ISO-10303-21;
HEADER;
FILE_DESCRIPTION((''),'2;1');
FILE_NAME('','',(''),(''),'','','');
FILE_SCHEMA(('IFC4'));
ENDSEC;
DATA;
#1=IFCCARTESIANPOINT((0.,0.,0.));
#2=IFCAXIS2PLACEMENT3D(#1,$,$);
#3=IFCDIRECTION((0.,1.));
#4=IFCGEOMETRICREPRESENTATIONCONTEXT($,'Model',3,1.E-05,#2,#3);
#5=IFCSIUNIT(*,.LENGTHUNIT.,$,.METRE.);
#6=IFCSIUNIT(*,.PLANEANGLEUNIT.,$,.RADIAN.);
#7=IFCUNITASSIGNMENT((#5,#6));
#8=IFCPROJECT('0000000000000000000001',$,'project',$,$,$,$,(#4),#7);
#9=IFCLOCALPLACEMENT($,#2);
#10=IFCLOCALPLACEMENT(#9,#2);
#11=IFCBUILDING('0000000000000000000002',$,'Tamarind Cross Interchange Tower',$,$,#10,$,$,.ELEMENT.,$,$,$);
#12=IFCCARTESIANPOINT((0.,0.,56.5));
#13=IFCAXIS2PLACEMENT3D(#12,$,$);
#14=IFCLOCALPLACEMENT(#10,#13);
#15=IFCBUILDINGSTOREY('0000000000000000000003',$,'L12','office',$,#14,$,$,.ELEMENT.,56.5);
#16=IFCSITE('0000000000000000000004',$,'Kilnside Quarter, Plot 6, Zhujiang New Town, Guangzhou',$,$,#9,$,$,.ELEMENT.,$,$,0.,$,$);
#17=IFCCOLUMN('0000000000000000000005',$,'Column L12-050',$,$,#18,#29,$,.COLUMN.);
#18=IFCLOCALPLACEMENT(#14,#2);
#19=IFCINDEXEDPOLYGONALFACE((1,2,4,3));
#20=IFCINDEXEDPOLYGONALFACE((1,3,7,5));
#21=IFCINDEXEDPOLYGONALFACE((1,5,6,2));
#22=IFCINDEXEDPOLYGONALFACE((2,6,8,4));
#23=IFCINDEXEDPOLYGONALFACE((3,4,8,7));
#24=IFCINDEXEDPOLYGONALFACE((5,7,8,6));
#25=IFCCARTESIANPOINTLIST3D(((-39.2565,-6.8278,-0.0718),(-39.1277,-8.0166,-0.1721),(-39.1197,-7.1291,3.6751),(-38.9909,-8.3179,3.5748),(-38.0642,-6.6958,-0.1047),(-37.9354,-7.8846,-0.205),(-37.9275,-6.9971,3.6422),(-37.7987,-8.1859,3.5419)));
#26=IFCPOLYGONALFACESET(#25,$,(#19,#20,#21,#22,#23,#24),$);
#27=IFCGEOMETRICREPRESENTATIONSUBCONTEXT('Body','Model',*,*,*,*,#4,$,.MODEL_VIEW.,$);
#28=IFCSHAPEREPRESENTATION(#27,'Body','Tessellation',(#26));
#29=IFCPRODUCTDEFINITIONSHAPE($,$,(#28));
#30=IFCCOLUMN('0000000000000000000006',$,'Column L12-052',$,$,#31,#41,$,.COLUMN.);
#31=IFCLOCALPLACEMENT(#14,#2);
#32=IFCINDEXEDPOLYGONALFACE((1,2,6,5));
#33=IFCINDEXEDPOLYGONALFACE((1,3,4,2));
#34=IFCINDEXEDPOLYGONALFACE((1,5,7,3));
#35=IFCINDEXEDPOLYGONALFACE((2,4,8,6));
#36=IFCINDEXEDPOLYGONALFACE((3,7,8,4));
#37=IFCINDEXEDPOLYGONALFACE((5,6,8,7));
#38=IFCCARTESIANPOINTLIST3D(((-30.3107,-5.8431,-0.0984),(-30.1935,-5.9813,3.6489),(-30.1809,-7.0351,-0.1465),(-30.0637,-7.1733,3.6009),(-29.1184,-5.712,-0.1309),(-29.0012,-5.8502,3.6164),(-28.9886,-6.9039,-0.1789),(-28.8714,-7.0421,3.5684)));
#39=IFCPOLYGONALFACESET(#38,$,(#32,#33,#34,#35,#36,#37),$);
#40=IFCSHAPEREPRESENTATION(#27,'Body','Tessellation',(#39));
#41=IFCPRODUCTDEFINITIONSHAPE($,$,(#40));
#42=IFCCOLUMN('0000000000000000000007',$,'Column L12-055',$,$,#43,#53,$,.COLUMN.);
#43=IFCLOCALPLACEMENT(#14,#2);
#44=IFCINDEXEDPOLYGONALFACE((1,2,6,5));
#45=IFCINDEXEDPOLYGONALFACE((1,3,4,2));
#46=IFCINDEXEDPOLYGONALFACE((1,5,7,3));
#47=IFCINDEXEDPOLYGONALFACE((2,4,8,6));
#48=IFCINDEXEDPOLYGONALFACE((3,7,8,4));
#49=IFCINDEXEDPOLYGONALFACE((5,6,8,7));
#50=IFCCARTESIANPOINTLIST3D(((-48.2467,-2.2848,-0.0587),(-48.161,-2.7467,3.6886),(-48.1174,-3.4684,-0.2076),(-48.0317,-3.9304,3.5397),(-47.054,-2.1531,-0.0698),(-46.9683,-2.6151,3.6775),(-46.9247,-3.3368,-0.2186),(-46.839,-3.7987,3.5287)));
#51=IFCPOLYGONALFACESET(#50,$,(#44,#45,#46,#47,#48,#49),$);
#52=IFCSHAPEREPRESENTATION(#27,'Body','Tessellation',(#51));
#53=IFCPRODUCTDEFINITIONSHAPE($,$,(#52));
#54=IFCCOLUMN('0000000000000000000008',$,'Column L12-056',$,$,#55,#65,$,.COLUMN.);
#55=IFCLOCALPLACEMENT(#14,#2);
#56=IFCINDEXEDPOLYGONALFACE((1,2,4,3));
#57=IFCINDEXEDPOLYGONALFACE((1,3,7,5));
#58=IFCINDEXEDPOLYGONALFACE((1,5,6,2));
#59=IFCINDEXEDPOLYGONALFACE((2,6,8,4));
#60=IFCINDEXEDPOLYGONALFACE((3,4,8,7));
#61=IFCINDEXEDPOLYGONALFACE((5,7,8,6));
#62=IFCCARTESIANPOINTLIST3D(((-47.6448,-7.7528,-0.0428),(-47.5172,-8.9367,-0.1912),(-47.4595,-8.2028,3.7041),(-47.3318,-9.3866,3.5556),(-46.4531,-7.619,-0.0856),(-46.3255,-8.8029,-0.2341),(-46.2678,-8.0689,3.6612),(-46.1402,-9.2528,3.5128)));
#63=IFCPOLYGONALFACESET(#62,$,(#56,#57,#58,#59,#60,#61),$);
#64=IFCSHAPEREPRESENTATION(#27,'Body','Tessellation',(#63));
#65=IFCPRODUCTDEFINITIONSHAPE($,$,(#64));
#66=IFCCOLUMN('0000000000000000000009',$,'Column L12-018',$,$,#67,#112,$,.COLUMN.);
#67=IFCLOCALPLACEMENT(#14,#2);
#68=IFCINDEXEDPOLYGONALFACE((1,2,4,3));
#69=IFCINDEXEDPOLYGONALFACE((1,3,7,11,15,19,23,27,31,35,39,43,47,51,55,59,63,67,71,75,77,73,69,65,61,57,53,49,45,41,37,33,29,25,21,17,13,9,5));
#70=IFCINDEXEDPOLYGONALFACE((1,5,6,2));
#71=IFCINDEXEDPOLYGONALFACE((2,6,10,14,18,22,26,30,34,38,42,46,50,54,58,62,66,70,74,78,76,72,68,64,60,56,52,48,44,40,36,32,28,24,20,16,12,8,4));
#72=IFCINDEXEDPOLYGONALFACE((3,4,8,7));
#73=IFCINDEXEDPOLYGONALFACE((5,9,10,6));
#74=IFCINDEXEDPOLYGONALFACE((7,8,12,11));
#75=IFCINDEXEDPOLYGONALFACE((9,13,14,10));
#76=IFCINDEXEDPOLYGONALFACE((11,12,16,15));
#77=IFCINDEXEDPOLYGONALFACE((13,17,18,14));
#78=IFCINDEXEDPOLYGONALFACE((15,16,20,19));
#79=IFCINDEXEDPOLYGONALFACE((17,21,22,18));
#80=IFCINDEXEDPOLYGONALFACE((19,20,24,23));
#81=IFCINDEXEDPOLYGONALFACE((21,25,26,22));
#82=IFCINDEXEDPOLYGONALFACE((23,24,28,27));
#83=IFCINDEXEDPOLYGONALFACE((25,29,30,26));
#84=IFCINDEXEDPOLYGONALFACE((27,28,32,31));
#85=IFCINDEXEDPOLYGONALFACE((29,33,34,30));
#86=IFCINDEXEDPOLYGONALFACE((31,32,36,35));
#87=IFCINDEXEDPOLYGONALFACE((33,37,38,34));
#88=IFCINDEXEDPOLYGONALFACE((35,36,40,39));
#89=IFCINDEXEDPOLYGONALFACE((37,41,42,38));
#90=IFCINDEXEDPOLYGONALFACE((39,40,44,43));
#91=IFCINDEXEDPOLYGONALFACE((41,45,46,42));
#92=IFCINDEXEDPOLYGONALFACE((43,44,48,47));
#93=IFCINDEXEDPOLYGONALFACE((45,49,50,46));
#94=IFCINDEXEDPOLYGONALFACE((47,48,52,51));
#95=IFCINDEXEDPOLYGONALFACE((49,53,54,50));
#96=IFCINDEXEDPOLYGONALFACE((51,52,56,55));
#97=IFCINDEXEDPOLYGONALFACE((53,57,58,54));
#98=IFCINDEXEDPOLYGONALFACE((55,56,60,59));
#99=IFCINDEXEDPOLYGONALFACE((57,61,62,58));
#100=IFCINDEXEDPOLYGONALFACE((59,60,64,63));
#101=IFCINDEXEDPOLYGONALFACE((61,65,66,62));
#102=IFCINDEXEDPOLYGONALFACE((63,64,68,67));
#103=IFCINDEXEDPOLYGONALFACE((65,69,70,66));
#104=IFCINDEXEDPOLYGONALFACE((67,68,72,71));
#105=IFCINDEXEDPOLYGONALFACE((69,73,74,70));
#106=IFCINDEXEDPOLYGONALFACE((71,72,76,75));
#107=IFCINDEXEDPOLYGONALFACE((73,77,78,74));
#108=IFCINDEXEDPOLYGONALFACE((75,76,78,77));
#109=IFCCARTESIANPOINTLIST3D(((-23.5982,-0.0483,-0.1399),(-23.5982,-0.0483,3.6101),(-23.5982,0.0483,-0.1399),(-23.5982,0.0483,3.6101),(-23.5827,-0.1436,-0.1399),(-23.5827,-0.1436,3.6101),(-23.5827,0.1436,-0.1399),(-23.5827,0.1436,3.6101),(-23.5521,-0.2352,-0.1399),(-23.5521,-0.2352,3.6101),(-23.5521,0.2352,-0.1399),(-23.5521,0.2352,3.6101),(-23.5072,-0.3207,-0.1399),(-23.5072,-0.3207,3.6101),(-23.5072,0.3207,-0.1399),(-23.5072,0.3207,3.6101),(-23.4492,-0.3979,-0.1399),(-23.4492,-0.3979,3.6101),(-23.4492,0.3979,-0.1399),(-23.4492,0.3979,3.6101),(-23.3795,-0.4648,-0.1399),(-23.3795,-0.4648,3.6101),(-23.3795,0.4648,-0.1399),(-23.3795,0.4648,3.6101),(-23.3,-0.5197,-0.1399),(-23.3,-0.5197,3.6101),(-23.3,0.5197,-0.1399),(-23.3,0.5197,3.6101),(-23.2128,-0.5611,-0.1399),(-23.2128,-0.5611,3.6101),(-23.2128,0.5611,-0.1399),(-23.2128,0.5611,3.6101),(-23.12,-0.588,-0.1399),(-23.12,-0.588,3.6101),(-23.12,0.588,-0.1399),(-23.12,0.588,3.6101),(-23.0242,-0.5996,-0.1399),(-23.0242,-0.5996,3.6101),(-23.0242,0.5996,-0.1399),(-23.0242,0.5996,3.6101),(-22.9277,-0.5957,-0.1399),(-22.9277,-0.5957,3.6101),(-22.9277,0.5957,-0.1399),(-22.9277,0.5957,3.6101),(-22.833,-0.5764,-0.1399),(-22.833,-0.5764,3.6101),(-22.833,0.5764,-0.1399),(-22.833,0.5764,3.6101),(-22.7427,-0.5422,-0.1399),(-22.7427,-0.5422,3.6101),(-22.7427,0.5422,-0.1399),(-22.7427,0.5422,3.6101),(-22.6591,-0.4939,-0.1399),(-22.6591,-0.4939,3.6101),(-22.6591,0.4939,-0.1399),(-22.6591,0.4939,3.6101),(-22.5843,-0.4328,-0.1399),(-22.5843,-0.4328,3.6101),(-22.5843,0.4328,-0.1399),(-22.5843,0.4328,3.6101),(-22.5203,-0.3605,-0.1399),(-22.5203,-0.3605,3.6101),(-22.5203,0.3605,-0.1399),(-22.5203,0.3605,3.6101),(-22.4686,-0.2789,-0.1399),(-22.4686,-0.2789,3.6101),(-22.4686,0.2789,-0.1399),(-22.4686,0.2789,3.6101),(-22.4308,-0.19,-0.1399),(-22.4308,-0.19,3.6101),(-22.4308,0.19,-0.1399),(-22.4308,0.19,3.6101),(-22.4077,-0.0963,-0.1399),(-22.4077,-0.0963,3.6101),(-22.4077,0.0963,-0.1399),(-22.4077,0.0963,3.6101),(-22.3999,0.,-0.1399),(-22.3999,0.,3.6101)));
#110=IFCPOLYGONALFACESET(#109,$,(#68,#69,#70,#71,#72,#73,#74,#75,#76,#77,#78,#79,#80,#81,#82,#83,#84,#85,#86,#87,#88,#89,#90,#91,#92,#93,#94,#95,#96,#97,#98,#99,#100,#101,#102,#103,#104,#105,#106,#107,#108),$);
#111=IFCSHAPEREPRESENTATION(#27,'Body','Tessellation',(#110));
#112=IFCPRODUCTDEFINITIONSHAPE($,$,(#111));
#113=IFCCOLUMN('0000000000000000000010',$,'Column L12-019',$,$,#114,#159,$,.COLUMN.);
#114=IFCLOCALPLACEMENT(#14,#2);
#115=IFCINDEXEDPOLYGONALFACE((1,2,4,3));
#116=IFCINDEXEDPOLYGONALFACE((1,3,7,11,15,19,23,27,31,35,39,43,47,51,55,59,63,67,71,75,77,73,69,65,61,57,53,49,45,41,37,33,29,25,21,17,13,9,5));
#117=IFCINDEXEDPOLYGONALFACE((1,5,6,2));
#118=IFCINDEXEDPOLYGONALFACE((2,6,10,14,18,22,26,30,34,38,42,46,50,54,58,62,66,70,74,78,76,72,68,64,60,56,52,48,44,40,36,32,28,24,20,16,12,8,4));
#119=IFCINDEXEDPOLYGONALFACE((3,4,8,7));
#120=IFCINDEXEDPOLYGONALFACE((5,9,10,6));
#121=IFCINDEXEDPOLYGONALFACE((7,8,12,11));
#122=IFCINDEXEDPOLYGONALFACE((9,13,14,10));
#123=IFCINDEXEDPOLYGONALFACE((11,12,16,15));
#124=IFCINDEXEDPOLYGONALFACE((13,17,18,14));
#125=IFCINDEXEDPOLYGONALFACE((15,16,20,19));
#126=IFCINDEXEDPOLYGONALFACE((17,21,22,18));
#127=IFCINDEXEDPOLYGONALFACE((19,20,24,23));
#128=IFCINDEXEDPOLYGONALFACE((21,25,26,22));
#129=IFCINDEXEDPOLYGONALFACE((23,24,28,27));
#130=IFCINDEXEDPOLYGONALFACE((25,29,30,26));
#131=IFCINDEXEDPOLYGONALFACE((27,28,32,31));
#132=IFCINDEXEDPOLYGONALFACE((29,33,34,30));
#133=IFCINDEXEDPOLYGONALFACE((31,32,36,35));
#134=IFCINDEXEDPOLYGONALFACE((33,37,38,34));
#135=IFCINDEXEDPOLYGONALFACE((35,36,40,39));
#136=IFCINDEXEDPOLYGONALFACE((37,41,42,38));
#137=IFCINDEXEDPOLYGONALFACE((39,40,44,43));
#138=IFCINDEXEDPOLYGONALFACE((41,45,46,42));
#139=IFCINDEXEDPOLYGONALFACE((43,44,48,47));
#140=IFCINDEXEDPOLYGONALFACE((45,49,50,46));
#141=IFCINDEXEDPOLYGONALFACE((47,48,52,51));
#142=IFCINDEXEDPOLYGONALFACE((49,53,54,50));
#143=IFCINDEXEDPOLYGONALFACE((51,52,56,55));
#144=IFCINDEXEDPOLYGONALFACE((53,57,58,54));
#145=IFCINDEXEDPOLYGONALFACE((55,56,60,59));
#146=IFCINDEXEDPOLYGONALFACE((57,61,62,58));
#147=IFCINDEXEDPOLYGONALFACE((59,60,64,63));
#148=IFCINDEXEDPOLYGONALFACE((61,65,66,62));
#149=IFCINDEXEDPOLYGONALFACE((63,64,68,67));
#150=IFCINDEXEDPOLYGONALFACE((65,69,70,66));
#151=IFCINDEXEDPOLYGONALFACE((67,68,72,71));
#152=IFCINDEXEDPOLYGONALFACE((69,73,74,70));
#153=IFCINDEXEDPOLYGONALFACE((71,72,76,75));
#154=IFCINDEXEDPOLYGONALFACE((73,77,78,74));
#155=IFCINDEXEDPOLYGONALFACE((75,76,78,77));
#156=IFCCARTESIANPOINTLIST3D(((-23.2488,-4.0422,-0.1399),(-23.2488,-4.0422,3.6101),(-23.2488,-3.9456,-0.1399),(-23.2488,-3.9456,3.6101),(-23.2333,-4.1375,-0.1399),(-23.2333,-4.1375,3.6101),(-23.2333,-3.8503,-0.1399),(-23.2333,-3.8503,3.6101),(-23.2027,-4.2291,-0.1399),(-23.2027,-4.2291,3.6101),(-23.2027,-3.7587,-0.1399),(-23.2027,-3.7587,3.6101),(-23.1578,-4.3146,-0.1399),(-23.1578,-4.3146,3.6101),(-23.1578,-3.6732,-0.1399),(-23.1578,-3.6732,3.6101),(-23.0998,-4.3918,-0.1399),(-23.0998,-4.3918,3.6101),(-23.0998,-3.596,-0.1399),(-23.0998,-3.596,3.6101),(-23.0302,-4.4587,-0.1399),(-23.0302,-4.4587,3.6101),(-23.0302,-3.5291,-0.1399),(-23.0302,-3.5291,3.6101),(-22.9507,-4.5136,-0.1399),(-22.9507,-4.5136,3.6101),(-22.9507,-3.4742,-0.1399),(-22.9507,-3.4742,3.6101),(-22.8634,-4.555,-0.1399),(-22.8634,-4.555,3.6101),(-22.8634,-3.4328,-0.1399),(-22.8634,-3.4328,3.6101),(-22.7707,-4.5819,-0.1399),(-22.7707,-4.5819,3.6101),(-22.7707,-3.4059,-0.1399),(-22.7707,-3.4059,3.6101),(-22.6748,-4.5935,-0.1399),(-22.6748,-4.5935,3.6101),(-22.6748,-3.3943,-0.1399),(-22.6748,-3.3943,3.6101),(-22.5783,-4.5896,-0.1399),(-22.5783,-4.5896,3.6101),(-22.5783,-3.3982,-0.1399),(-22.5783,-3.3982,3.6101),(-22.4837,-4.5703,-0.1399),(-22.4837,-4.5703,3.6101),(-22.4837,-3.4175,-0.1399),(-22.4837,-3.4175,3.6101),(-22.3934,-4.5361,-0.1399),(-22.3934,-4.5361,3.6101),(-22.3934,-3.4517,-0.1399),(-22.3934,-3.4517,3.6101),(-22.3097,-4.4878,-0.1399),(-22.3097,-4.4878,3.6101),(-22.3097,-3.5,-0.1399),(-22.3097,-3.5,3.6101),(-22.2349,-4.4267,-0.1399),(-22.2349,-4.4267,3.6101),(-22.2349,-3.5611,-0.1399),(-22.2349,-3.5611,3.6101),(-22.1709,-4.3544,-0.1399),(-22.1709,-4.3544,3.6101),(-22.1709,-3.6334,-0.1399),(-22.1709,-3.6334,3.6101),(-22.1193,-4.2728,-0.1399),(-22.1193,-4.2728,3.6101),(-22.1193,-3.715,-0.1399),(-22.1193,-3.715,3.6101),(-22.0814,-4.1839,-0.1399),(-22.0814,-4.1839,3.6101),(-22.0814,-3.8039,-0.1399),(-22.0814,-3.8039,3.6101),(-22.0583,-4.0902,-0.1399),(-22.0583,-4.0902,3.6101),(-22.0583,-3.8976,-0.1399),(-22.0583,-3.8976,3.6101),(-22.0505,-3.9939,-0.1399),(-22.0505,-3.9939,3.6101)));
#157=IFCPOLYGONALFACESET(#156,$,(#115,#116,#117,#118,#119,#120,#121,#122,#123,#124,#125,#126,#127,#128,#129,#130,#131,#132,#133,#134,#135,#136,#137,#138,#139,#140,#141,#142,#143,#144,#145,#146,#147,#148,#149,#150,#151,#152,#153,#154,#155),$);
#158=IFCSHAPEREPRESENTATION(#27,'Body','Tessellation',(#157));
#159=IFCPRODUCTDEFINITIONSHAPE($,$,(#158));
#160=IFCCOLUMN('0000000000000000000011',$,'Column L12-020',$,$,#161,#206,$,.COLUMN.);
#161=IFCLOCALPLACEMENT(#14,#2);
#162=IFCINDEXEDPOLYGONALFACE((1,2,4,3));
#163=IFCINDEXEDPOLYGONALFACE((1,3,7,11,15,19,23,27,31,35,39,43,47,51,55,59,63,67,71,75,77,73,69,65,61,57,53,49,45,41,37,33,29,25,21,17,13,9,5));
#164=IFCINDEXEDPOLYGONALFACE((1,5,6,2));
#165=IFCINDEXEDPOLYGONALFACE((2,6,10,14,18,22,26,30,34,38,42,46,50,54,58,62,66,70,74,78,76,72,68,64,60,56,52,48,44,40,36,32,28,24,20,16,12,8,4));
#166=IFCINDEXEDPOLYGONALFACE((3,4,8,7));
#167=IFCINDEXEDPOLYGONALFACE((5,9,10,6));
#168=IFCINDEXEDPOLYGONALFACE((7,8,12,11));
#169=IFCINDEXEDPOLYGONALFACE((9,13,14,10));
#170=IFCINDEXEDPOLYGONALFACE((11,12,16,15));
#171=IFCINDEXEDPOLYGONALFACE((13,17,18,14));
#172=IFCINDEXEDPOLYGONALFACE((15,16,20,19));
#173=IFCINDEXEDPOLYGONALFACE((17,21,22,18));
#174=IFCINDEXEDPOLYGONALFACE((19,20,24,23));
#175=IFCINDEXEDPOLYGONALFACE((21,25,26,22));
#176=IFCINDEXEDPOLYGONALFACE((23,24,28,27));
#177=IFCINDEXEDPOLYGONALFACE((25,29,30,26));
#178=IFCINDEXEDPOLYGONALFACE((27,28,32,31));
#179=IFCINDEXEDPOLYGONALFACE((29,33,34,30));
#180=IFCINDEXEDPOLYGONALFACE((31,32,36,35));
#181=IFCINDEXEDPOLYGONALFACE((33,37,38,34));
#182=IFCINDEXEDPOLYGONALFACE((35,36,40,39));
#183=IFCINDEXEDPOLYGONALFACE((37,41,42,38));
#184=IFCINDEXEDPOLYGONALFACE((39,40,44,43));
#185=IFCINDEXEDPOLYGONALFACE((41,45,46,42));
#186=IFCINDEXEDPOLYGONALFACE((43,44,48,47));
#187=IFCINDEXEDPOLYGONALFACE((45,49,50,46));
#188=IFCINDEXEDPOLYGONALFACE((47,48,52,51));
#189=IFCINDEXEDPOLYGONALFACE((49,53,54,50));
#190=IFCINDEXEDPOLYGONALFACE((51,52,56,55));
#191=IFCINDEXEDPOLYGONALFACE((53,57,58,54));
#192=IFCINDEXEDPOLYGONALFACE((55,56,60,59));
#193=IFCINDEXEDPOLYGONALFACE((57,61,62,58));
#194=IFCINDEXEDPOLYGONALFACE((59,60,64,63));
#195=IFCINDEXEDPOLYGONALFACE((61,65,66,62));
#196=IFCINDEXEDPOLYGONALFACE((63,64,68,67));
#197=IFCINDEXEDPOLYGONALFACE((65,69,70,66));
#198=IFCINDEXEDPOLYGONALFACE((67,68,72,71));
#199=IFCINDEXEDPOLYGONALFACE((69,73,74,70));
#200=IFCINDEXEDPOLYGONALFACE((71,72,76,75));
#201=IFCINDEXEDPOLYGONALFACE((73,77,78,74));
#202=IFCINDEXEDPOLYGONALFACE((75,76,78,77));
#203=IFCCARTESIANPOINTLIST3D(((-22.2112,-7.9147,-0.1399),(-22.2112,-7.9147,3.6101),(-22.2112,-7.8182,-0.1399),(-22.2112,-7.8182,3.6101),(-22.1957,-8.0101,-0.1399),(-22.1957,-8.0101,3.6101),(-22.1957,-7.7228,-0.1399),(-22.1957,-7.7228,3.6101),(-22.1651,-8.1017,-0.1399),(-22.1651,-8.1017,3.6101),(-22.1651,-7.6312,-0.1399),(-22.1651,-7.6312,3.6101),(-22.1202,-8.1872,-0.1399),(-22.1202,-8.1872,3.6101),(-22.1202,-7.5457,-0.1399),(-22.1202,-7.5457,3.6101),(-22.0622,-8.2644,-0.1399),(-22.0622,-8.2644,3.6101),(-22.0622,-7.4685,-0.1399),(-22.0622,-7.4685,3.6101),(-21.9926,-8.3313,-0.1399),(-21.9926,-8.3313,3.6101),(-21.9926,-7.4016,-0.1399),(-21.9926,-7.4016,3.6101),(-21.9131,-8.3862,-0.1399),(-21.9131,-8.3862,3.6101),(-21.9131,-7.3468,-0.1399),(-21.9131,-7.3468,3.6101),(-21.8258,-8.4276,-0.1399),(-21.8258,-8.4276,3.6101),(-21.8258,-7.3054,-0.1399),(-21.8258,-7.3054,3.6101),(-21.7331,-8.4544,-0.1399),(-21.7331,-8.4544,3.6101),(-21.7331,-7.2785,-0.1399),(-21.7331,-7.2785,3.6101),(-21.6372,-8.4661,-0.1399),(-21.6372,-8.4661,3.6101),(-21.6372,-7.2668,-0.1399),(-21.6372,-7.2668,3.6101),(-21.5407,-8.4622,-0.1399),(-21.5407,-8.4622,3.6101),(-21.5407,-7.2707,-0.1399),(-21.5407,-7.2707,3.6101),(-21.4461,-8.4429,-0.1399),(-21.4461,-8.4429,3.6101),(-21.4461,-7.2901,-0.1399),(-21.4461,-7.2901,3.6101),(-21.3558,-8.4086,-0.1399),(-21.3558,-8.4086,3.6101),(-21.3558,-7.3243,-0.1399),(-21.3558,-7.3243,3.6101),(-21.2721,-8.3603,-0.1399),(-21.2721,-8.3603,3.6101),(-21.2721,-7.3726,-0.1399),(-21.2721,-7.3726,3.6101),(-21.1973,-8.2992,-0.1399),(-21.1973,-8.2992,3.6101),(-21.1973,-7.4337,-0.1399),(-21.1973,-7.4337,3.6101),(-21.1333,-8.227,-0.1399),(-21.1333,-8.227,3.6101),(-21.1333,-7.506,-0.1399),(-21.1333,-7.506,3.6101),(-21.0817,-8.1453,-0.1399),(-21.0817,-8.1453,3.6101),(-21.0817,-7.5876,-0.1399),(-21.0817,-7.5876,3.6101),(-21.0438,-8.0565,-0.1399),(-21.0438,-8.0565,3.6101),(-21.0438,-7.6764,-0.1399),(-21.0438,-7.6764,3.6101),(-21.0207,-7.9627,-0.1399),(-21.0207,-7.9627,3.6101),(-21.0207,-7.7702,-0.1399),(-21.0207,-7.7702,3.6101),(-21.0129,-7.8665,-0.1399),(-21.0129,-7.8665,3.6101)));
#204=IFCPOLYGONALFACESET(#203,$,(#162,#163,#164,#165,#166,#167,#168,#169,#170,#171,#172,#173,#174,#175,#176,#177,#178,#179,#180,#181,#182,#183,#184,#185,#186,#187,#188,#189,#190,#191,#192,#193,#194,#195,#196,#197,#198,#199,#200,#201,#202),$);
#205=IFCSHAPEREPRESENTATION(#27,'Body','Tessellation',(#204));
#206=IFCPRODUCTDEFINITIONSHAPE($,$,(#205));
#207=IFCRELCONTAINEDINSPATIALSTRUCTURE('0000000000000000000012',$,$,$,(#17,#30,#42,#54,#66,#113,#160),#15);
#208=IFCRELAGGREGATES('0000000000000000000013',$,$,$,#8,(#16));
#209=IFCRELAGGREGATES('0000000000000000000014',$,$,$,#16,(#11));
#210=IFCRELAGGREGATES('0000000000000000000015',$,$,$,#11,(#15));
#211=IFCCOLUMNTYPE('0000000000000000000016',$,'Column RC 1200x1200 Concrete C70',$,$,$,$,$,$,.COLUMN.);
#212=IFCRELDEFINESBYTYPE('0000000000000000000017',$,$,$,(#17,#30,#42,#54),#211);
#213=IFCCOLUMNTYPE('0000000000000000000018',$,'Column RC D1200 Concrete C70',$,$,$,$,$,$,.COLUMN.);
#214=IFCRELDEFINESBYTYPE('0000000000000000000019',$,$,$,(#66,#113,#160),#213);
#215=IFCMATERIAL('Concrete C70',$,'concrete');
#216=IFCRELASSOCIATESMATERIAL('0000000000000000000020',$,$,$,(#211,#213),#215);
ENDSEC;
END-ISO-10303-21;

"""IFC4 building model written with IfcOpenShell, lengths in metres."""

from ifc_helpers import new_model, si_unit, direction, frame, origin, origin_2d, place, context, subcontext, project, spatial, rectangle, circle, extrude, material, material_profile, profile_set, type_object, element, save


model = new_model("IFC4")

# Units and contexts
model_context = context("Model", 3, precision=1e-05, world=origin(), true_north=direction((0.0, 1.0)))
body_context = subcontext(model_context, "Body", "Model", "MODEL_VIEW")
ifc_project = project(units=[si_unit("LENGTHUNIT", "METRE"), si_unit("PLANEANGLEUNIT", "RADIAN")], contexts=[model_context])

# Site, building, storey
site_placement = place(None, origin())
site = spatial("IfcSite", under=ifc_project, at=site_placement, Name="Kilnside Quarter, Plot 6, Zhujiang New Town, Guangzhou", CompositionType="ELEMENT", RefElevation=0.0)
building_placement = place(site_placement, origin())
building = spatial("IfcBuilding", under=site, at=building_placement, Name="Tamarind Cross Interchange Tower", CompositionType="ELEMENT")
storey_placement = place(building_placement, frame((0.0, 0.0, 56.5)))
storey = spatial("IfcBuildingStorey", under=building, at=storey_placement, Name="L12", Description="office", CompositionType="ELEMENT", Elevation=56.5)

# Columns
ifc_material_1 = material(Name="Concrete C70", Category="concrete")
ifc_material_profile_1 = material_profile(ifc_material_1, rectangle(XDim=1.2, YDim=1.2, at=origin_2d()), Name="RC 1200x1200")
ifc_profile_set_1 = profile_set([ifc_material_profile_1], Name="Concrete C70")
column_type_1 = type_object("IfcColumnType", Name="Column RC 1200x1200 Concrete C70", PredefinedType="COLUMN", material=ifc_profile_set_1)
column_1_placement = place(storey_placement, frame((-38.5959, -7.3562, -0.1384), z_axis=(0.036348, -0.080095, 0.996124), x_axis=(-0.107347, 0.990703, 0.083576)))
element("IfcColumn", 1, at=column_1_placement, inside=storey, type_object=column_type_1, Name="Column L12-050", PredefinedType="COLUMN", context=body_context, shape_type="SweptSolid", body=[
    extrude(rectangle(XDim=1.2, YDim=1.2, at=origin_2d()), origin(), (0.0, 0.0, 1.0), 3.7615),
])
column_2_placement = place(storey_placement, frame((-29.6497, -6.3735, -0.1387), z_axis=(0.031236, -0.036832, 0.998833), x_axis=(-0.108189, 0.993325, 0.040013)))
element("IfcColumn", 2, at=column_2_placement, inside=storey, type_object=column_type_1, Name="Column L12-052", PredefinedType="COLUMN", context=body_context, shape_type="SweptSolid", body=[
    extrude(rectangle(XDim=1.2, YDim=1.2, at=origin_2d()), origin(), (0.0, 0.0, 1.0), 3.7517),
])
column_3_placement = place(storey_placement, frame((-47.5857, -2.8108, -0.1387), z_axis=(0.02269, -0.122308, 0.992233), x_axis=(-0.107741, 0.986409, 0.124054)))
element("IfcColumn", 3, at=column_3_placement, inside=storey, type_object=column_type_1, Name="Column L12-055", PredefinedType="COLUMN", context=body_context, shape_type="SweptSolid", body=[
    extrude(rectangle(XDim=1.2, YDim=1.2, at=origin_2d()), origin(), (0.0, 0.0, 1.0), 3.7766),
])
column_4_placement = place(storey_placement, frame((-46.9851, -8.2778, -0.1384), z_axis=(0.049044, -0.119088, 0.991672), x_axis=(-0.106345, 0.9866, 0.123739)))
element("IfcColumn", 4, at=column_4_placement, inside=storey, type_object=column_type_1, Name="Column L12-056", PredefinedType="COLUMN", context=body_context, shape_type="SweptSolid", body=[
    extrude(rectangle(XDim=1.2, YDim=1.2, at=origin_2d()), origin(), (0.0, 0.0, 1.0), 3.7783),
])
ifc_material_profile_2 = material_profile(ifc_material_1, circle(Radius=0.6001, at=origin_2d()), Name="RC D1200")
ifc_profile_set_2 = profile_set([ifc_material_profile_2], Name="Concrete C70")
column_type_2 = type_object("IfcColumnType", Name="Column RC D1200 Concrete C70", PredefinedType="COLUMN", material=ifc_profile_set_2)
for number, where, z_axis, x_axis, name in (
    (5, (-23.0, 0.0, -0.1399), (0.0, 0.0, 1.0), (1.0, 0.0, 0.0), "Column L12-018"),
    (6, (-22.6506, -3.9939, -0.1399), (0.0, 0.0, 1.0), (1.0, 0.0, 0.0), "Column L12-019"),
    (7, (-21.613, -7.8665, -0.1399), (0.0, 0.0, 1.0), (1.0, 0.0, 0.0), "Column L12-020"),
):
    element("IfcColumn", number, at=place(storey_placement, frame(where, z_axis=z_axis, x_axis=x_axis)), inside=storey, type_object=column_type_2, Name=name, PredefinedType="COLUMN", context=body_context, shape_type="SweptSolid", body=[
        extrude(circle(Radius=0.6001, at=origin_2d()), origin(), (0.0, 0.0, 1.0), 3.75),
    ])

save(model, "model.ifc")
